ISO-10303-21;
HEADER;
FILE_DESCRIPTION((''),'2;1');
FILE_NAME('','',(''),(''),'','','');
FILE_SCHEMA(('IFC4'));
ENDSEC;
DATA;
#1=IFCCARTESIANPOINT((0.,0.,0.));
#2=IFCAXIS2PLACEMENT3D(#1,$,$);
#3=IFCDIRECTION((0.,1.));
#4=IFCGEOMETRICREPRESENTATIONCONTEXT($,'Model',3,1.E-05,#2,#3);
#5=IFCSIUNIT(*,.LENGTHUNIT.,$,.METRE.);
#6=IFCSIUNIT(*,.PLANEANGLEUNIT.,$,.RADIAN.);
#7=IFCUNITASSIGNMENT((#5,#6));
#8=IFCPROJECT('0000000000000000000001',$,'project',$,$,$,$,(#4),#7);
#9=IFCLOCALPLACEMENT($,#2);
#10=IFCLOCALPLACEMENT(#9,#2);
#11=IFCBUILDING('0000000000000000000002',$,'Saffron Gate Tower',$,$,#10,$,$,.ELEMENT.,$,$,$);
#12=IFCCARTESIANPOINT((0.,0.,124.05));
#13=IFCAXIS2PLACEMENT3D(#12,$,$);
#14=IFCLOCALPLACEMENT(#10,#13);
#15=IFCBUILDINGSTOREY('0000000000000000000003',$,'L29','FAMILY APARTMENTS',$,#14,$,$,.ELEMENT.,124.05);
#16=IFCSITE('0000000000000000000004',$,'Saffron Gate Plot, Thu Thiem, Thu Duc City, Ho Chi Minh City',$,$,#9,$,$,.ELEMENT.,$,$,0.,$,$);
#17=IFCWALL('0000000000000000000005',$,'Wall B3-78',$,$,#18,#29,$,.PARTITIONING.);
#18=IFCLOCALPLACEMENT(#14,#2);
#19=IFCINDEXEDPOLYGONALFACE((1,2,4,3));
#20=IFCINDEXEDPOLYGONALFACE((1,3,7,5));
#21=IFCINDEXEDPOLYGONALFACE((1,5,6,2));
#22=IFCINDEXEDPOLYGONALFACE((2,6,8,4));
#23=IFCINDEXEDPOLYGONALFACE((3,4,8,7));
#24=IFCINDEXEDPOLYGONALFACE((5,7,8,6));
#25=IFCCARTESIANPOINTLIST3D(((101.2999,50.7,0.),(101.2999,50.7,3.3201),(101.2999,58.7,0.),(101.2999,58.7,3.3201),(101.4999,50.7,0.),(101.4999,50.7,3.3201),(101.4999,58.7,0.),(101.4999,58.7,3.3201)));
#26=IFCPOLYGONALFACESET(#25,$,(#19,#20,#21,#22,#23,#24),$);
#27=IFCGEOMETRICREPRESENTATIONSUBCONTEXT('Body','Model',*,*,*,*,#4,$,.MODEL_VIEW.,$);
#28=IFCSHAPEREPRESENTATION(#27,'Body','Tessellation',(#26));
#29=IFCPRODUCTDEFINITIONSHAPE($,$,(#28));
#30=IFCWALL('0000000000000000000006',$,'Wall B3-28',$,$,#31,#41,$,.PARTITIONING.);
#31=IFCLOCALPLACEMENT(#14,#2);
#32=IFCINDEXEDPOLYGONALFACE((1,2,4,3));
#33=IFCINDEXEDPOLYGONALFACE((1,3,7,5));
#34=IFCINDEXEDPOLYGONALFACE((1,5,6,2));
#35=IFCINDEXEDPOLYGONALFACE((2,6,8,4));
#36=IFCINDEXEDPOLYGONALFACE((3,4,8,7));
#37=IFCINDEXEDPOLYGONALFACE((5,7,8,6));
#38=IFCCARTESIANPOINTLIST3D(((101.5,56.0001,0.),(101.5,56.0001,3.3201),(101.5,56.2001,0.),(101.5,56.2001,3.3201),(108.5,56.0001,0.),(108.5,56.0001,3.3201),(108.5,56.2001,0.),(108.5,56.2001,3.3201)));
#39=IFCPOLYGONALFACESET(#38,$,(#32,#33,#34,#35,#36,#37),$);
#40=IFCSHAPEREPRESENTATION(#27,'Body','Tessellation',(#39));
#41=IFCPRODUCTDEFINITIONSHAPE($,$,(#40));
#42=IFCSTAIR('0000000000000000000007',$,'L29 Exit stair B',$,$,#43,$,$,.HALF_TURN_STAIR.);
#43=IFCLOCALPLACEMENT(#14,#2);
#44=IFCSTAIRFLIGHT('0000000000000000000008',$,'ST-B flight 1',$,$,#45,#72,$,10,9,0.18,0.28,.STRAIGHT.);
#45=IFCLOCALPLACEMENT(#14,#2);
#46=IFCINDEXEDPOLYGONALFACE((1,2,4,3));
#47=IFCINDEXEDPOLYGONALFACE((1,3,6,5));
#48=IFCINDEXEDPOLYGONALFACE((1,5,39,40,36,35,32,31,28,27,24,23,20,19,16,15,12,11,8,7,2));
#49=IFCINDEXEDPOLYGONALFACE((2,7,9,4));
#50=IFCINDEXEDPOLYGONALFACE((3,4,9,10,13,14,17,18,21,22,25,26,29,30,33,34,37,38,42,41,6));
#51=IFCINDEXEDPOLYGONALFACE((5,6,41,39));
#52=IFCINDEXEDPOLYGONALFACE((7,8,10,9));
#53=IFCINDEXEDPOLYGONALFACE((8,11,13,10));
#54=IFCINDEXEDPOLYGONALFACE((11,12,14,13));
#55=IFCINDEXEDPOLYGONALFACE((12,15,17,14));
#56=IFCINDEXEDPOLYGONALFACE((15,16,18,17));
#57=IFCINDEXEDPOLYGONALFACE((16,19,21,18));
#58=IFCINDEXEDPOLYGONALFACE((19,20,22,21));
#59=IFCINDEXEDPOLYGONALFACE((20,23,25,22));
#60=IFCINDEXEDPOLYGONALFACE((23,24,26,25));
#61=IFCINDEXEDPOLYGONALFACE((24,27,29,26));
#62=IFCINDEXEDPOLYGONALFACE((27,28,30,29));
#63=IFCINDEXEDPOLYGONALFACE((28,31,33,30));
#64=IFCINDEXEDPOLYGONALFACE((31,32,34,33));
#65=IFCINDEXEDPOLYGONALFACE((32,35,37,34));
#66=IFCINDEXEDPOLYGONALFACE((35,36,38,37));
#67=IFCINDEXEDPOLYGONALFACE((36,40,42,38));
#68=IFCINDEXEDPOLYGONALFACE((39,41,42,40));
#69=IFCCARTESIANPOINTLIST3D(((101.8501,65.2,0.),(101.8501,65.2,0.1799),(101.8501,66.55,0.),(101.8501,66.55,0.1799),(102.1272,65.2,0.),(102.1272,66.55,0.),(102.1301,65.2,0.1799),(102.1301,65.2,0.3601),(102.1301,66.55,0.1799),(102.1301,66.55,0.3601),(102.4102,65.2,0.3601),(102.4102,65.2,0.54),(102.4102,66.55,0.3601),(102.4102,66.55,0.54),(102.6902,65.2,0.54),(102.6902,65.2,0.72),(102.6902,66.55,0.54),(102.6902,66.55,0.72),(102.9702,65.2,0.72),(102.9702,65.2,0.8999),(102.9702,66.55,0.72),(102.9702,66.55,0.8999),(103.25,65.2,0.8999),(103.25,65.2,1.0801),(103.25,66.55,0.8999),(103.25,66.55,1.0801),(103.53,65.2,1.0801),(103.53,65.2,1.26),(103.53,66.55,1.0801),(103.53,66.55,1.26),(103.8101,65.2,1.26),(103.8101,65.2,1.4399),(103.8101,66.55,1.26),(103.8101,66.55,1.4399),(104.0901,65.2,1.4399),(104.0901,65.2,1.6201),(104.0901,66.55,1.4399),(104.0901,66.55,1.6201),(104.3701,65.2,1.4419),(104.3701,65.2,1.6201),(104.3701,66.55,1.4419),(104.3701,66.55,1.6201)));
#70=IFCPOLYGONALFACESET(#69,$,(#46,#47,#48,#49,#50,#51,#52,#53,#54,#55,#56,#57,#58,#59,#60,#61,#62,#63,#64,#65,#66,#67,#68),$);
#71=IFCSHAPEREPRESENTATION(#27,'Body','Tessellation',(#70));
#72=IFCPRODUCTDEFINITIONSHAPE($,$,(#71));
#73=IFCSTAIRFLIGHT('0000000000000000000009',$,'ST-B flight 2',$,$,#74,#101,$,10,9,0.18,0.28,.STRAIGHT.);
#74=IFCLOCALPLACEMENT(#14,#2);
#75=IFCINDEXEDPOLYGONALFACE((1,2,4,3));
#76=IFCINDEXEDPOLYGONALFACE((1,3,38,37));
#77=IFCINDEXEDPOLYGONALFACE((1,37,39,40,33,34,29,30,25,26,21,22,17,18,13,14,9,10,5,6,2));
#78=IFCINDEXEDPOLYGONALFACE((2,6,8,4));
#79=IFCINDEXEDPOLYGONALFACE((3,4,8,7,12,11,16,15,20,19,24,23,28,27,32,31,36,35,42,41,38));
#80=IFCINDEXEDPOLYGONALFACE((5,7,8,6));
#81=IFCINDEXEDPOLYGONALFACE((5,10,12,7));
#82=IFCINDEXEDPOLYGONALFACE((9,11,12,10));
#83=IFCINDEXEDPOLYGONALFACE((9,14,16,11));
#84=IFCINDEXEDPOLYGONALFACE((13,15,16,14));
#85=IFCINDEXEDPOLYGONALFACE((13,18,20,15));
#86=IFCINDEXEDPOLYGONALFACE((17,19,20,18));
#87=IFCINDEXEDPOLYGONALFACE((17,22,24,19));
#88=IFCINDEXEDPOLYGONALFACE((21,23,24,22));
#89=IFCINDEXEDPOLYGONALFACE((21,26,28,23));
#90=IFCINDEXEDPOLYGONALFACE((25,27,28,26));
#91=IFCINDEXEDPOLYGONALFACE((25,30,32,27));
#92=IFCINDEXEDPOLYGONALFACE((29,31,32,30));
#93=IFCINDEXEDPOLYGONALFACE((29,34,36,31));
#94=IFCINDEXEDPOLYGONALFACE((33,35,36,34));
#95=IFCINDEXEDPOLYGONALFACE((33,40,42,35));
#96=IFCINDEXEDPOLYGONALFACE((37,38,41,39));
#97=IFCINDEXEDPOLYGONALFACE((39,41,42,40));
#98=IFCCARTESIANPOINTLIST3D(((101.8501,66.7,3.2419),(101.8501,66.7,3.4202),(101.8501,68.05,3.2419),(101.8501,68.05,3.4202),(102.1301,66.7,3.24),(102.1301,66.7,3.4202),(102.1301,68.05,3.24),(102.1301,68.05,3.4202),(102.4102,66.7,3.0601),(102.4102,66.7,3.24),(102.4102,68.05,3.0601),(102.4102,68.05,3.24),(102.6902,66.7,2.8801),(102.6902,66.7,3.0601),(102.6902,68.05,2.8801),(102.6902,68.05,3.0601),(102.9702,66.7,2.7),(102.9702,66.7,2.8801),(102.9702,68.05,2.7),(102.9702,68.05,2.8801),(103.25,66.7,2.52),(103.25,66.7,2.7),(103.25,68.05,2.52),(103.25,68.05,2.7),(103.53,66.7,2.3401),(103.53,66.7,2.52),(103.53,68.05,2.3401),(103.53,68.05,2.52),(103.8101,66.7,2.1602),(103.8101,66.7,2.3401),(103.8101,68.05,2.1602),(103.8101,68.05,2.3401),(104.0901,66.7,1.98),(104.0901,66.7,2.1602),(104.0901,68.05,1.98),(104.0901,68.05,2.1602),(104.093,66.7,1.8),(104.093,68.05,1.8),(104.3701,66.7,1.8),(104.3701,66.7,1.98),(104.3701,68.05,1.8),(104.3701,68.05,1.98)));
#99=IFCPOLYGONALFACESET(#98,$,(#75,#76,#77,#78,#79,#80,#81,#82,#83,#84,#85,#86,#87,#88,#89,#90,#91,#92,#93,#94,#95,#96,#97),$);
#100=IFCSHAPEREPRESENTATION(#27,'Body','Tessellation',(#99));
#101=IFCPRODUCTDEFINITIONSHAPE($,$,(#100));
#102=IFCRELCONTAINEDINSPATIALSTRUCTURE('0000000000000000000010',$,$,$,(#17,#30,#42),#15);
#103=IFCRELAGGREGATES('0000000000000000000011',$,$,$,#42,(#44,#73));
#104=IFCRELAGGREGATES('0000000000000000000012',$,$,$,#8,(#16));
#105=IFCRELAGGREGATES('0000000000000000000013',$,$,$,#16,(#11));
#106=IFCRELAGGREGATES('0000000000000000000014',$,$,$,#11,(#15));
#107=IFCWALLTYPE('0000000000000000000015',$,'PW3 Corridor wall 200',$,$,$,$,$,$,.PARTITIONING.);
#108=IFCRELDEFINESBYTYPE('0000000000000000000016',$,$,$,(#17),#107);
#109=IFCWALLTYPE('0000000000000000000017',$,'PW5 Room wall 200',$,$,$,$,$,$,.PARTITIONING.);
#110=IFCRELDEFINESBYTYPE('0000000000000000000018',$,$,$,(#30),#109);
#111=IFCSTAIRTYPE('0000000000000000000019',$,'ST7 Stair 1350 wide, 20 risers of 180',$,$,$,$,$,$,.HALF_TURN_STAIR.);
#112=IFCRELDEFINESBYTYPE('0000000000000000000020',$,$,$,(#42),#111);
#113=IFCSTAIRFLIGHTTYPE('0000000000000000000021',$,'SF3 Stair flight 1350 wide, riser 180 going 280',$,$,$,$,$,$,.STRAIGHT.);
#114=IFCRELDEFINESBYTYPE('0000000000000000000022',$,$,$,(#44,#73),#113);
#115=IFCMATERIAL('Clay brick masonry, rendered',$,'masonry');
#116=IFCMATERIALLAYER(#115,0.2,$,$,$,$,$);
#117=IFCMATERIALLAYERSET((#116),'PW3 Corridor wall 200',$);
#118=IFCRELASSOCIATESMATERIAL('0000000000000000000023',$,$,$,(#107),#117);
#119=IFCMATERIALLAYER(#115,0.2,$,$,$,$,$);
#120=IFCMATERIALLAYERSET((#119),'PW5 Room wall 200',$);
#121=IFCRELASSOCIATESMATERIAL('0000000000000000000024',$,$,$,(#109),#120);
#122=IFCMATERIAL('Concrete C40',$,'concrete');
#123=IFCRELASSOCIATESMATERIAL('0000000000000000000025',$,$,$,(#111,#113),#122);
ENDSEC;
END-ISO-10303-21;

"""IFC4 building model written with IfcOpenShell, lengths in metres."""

from ifc_helpers import new_model, si_unit, direction, frame, frame_2d, origin, place, context, subcontext, project, spatial, polyline, rectangle, outline, extrude, material, layer, layer_set, type_object, element, aggregate, save


model = new_model("IFC4")

# Units and contexts
model_context = context("Model", 3, precision=1e-05, world=origin(), true_north=direction((0.0, 1.0)))
body_context = subcontext(model_context, "Body", "Model", "MODEL_VIEW")
ifc_project = project(units=[si_unit("LENGTHUNIT", "METRE"), si_unit("PLANEANGLEUNIT", "RADIAN")], contexts=[model_context])

# Site, building, storey
site_placement = place(None, origin())
site = spatial("IfcSite", under=ifc_project, at=site_placement, Name="Saffron Gate Plot, Thu Thiem, Thu Duc City, Ho Chi Minh City", CompositionType="ELEMENT", RefElevation=0.0)
building_placement = place(site_placement, origin())
building = spatial("IfcBuilding", under=site, at=building_placement, Name="Saffron Gate Tower", CompositionType="ELEMENT")
storey_placement = place(building_placement, frame((0.0, 0.0, 124.05)))
storey = spatial("IfcBuildingStorey", under=building, at=storey_placement, Name="L29", Description="FAMILY APARTMENTS", CompositionType="ELEMENT", Elevation=124.05)

# Walls
ifc_material_1 = material(Name="Clay brick masonry, rendered", Category="masonry")
ifc_layer_1 = layer(ifc_material_1, 0.2)
ifc_layer_set_1 = layer_set([ifc_layer_1], Name="PW3 Corridor wall 200")
wall_type_1 = type_object("IfcWallType", Name="PW3 Corridor wall 200", PredefinedType="PARTITIONING", material=ifc_layer_set_1)
wall_1_placement = place(storey_placement, frame((101.3999, 58.7, 0.0), z_axis=(0.0, 0.0, 1.0), x_axis=(0.0, -1.0, 0.0)))
element("IfcWall", 1, at=wall_1_placement, inside=storey, type_object=wall_type_1, Name="Wall B3-78", PredefinedType="PARTITIONING", context=body_context, shape_type="SweptSolid", body=[
    extrude(rectangle(XDim=8.0, YDim=0.2, at=frame_2d((4.0, 0.0))), origin(), (0.0, 0.0, 1.0), 3.3201),
])
ifc_layer_2 = layer(ifc_material_1, 0.2)
ifc_layer_set_2 = layer_set([ifc_layer_2], Name="PW5 Room wall 200")
wall_type_2 = type_object("IfcWallType", Name="PW5 Room wall 200", PredefinedType="PARTITIONING", material=ifc_layer_set_2)
wall_2_placement = place(storey_placement, frame((101.5, 56.1001, 0.0), z_axis=(0.0, 0.0, 1.0), x_axis=(1.0, 0.0, 0.0)))
element("IfcWall", 2, at=wall_2_placement, inside=storey, type_object=wall_type_2, Name="Wall B3-28", PredefinedType="PARTITIONING", context=body_context, shape_type="SweptSolid", body=[
    extrude(rectangle(XDim=7.0, YDim=0.2, at=frame_2d((3.5, 0.0))), origin(), (0.0, 0.0, 1.0), 3.3201),
])

# Stair, stair flights
ifc_material_2 = material(Name="Concrete C40", Category="concrete")
stair_type = type_object("IfcStairType", Name="ST7 Stair 1350 wide, 20 risers of 180", PredefinedType="HALF_TURN_STAIR", material=ifc_material_2)
stair_placement = place(storey_placement, origin())
stair = element("IfcStair", 3, at=stair_placement, inside=storey, type_object=stair_type, Name="L29 Exit stair B", PredefinedType="HALF_TURN_STAIR")
stair_flight_type = type_object("IfcStairFlightType", Name="SF3 Stair flight 1350 wide, riser 180 going 280", PredefinedType="STRAIGHT", material=ifc_material_2)
stair_flight_1_placement = place(storey_placement, frame((101.8501, 65.875, 0.0), z_axis=(0.0, 0.0, 1.0), x_axis=(1.0, 0.0, 0.0)))
stair_flight_1 = element("IfcStairFlight", 4, at=stair_flight_1_placement, type_object=stair_flight_type, Name="ST-B flight 1", NumberOfRisers=10, NumberOfTreads=9, PredefinedType="STRAIGHT", RiserHeight=0.18, TreadLength=0.28, context=body_context, shape_type="SweptSolid", body=[
    extrude(outline(polyline([(0.0, 0.0), (0.0, 0.1799), (0.28, 0.1799), (0.28, 0.3601), (0.5601, 0.3601), (0.5601, 0.54), (0.8401, 0.54), (0.8401, 0.72), (1.1201, 0.72), (1.1201, 0.8999), (1.3999, 0.8999), (1.3999, 1.0801), (1.6799, 1.0801), (1.6799, 1.26), (1.96, 1.26), (1.96, 1.4399), (2.24, 1.4399), (2.24, 1.6201), (2.52, 1.6201), (2.52, 1.8), (2.52, 1.4419), (0.2771, 0.0), (0.0, 0.0)])), frame((0.0, 0.675, 0.0), z_axis=(0.0, -1.0, 0.0), x_axis=(1.0, 0.0, 0.0)), (0.0, 0.0, 1.0), 1.3501),
])
stair_flight_2_placement = place(storey_placement, frame((104.3701, 67.375, 1.8), z_axis=(0.0, 0.0, 1.0), x_axis=(-1.0, 0.0, 0.0)))
stair_flight_2 = element("IfcStairFlight", 5, at=stair_flight_2_placement, type_object=stair_flight_type, Name="ST-B flight 2", NumberOfRisers=10, NumberOfTreads=9, PredefinedType="STRAIGHT", RiserHeight=0.18, TreadLength=0.28, context=body_context, shape_type="SweptSolid", body=[
    extrude(outline(polyline([(0.0, 0.0), (0.0, 0.1799), (0.28, 0.1799), (0.28, 0.3601), (0.5601, 0.3601), (0.5601, 0.54), (0.8401, 0.54), (0.8401, 0.72), (1.1201, 0.72), (1.1201, 0.8999), (1.3999, 0.8999), (1.3999, 1.0801), (1.6799, 1.0801), (1.6799, 1.26), (1.96, 1.26), (1.96, 1.4399), (2.24, 1.4399), (2.24, 1.6201), (2.52, 1.6201), (2.52, 1.8), (2.52, 1.4419), (0.2771, 0.0), (0.0, 0.0)])), frame((0.0, 0.675, 0.0), z_axis=(0.0, -1.0, 0.0), x_axis=(1.0, 0.0, 0.0)), (0.0, 0.0, 1.0), 1.3501),
])
aggregate(stair, [stair_flight_1, stair_flight_2])

save(model, "model.ifc")
